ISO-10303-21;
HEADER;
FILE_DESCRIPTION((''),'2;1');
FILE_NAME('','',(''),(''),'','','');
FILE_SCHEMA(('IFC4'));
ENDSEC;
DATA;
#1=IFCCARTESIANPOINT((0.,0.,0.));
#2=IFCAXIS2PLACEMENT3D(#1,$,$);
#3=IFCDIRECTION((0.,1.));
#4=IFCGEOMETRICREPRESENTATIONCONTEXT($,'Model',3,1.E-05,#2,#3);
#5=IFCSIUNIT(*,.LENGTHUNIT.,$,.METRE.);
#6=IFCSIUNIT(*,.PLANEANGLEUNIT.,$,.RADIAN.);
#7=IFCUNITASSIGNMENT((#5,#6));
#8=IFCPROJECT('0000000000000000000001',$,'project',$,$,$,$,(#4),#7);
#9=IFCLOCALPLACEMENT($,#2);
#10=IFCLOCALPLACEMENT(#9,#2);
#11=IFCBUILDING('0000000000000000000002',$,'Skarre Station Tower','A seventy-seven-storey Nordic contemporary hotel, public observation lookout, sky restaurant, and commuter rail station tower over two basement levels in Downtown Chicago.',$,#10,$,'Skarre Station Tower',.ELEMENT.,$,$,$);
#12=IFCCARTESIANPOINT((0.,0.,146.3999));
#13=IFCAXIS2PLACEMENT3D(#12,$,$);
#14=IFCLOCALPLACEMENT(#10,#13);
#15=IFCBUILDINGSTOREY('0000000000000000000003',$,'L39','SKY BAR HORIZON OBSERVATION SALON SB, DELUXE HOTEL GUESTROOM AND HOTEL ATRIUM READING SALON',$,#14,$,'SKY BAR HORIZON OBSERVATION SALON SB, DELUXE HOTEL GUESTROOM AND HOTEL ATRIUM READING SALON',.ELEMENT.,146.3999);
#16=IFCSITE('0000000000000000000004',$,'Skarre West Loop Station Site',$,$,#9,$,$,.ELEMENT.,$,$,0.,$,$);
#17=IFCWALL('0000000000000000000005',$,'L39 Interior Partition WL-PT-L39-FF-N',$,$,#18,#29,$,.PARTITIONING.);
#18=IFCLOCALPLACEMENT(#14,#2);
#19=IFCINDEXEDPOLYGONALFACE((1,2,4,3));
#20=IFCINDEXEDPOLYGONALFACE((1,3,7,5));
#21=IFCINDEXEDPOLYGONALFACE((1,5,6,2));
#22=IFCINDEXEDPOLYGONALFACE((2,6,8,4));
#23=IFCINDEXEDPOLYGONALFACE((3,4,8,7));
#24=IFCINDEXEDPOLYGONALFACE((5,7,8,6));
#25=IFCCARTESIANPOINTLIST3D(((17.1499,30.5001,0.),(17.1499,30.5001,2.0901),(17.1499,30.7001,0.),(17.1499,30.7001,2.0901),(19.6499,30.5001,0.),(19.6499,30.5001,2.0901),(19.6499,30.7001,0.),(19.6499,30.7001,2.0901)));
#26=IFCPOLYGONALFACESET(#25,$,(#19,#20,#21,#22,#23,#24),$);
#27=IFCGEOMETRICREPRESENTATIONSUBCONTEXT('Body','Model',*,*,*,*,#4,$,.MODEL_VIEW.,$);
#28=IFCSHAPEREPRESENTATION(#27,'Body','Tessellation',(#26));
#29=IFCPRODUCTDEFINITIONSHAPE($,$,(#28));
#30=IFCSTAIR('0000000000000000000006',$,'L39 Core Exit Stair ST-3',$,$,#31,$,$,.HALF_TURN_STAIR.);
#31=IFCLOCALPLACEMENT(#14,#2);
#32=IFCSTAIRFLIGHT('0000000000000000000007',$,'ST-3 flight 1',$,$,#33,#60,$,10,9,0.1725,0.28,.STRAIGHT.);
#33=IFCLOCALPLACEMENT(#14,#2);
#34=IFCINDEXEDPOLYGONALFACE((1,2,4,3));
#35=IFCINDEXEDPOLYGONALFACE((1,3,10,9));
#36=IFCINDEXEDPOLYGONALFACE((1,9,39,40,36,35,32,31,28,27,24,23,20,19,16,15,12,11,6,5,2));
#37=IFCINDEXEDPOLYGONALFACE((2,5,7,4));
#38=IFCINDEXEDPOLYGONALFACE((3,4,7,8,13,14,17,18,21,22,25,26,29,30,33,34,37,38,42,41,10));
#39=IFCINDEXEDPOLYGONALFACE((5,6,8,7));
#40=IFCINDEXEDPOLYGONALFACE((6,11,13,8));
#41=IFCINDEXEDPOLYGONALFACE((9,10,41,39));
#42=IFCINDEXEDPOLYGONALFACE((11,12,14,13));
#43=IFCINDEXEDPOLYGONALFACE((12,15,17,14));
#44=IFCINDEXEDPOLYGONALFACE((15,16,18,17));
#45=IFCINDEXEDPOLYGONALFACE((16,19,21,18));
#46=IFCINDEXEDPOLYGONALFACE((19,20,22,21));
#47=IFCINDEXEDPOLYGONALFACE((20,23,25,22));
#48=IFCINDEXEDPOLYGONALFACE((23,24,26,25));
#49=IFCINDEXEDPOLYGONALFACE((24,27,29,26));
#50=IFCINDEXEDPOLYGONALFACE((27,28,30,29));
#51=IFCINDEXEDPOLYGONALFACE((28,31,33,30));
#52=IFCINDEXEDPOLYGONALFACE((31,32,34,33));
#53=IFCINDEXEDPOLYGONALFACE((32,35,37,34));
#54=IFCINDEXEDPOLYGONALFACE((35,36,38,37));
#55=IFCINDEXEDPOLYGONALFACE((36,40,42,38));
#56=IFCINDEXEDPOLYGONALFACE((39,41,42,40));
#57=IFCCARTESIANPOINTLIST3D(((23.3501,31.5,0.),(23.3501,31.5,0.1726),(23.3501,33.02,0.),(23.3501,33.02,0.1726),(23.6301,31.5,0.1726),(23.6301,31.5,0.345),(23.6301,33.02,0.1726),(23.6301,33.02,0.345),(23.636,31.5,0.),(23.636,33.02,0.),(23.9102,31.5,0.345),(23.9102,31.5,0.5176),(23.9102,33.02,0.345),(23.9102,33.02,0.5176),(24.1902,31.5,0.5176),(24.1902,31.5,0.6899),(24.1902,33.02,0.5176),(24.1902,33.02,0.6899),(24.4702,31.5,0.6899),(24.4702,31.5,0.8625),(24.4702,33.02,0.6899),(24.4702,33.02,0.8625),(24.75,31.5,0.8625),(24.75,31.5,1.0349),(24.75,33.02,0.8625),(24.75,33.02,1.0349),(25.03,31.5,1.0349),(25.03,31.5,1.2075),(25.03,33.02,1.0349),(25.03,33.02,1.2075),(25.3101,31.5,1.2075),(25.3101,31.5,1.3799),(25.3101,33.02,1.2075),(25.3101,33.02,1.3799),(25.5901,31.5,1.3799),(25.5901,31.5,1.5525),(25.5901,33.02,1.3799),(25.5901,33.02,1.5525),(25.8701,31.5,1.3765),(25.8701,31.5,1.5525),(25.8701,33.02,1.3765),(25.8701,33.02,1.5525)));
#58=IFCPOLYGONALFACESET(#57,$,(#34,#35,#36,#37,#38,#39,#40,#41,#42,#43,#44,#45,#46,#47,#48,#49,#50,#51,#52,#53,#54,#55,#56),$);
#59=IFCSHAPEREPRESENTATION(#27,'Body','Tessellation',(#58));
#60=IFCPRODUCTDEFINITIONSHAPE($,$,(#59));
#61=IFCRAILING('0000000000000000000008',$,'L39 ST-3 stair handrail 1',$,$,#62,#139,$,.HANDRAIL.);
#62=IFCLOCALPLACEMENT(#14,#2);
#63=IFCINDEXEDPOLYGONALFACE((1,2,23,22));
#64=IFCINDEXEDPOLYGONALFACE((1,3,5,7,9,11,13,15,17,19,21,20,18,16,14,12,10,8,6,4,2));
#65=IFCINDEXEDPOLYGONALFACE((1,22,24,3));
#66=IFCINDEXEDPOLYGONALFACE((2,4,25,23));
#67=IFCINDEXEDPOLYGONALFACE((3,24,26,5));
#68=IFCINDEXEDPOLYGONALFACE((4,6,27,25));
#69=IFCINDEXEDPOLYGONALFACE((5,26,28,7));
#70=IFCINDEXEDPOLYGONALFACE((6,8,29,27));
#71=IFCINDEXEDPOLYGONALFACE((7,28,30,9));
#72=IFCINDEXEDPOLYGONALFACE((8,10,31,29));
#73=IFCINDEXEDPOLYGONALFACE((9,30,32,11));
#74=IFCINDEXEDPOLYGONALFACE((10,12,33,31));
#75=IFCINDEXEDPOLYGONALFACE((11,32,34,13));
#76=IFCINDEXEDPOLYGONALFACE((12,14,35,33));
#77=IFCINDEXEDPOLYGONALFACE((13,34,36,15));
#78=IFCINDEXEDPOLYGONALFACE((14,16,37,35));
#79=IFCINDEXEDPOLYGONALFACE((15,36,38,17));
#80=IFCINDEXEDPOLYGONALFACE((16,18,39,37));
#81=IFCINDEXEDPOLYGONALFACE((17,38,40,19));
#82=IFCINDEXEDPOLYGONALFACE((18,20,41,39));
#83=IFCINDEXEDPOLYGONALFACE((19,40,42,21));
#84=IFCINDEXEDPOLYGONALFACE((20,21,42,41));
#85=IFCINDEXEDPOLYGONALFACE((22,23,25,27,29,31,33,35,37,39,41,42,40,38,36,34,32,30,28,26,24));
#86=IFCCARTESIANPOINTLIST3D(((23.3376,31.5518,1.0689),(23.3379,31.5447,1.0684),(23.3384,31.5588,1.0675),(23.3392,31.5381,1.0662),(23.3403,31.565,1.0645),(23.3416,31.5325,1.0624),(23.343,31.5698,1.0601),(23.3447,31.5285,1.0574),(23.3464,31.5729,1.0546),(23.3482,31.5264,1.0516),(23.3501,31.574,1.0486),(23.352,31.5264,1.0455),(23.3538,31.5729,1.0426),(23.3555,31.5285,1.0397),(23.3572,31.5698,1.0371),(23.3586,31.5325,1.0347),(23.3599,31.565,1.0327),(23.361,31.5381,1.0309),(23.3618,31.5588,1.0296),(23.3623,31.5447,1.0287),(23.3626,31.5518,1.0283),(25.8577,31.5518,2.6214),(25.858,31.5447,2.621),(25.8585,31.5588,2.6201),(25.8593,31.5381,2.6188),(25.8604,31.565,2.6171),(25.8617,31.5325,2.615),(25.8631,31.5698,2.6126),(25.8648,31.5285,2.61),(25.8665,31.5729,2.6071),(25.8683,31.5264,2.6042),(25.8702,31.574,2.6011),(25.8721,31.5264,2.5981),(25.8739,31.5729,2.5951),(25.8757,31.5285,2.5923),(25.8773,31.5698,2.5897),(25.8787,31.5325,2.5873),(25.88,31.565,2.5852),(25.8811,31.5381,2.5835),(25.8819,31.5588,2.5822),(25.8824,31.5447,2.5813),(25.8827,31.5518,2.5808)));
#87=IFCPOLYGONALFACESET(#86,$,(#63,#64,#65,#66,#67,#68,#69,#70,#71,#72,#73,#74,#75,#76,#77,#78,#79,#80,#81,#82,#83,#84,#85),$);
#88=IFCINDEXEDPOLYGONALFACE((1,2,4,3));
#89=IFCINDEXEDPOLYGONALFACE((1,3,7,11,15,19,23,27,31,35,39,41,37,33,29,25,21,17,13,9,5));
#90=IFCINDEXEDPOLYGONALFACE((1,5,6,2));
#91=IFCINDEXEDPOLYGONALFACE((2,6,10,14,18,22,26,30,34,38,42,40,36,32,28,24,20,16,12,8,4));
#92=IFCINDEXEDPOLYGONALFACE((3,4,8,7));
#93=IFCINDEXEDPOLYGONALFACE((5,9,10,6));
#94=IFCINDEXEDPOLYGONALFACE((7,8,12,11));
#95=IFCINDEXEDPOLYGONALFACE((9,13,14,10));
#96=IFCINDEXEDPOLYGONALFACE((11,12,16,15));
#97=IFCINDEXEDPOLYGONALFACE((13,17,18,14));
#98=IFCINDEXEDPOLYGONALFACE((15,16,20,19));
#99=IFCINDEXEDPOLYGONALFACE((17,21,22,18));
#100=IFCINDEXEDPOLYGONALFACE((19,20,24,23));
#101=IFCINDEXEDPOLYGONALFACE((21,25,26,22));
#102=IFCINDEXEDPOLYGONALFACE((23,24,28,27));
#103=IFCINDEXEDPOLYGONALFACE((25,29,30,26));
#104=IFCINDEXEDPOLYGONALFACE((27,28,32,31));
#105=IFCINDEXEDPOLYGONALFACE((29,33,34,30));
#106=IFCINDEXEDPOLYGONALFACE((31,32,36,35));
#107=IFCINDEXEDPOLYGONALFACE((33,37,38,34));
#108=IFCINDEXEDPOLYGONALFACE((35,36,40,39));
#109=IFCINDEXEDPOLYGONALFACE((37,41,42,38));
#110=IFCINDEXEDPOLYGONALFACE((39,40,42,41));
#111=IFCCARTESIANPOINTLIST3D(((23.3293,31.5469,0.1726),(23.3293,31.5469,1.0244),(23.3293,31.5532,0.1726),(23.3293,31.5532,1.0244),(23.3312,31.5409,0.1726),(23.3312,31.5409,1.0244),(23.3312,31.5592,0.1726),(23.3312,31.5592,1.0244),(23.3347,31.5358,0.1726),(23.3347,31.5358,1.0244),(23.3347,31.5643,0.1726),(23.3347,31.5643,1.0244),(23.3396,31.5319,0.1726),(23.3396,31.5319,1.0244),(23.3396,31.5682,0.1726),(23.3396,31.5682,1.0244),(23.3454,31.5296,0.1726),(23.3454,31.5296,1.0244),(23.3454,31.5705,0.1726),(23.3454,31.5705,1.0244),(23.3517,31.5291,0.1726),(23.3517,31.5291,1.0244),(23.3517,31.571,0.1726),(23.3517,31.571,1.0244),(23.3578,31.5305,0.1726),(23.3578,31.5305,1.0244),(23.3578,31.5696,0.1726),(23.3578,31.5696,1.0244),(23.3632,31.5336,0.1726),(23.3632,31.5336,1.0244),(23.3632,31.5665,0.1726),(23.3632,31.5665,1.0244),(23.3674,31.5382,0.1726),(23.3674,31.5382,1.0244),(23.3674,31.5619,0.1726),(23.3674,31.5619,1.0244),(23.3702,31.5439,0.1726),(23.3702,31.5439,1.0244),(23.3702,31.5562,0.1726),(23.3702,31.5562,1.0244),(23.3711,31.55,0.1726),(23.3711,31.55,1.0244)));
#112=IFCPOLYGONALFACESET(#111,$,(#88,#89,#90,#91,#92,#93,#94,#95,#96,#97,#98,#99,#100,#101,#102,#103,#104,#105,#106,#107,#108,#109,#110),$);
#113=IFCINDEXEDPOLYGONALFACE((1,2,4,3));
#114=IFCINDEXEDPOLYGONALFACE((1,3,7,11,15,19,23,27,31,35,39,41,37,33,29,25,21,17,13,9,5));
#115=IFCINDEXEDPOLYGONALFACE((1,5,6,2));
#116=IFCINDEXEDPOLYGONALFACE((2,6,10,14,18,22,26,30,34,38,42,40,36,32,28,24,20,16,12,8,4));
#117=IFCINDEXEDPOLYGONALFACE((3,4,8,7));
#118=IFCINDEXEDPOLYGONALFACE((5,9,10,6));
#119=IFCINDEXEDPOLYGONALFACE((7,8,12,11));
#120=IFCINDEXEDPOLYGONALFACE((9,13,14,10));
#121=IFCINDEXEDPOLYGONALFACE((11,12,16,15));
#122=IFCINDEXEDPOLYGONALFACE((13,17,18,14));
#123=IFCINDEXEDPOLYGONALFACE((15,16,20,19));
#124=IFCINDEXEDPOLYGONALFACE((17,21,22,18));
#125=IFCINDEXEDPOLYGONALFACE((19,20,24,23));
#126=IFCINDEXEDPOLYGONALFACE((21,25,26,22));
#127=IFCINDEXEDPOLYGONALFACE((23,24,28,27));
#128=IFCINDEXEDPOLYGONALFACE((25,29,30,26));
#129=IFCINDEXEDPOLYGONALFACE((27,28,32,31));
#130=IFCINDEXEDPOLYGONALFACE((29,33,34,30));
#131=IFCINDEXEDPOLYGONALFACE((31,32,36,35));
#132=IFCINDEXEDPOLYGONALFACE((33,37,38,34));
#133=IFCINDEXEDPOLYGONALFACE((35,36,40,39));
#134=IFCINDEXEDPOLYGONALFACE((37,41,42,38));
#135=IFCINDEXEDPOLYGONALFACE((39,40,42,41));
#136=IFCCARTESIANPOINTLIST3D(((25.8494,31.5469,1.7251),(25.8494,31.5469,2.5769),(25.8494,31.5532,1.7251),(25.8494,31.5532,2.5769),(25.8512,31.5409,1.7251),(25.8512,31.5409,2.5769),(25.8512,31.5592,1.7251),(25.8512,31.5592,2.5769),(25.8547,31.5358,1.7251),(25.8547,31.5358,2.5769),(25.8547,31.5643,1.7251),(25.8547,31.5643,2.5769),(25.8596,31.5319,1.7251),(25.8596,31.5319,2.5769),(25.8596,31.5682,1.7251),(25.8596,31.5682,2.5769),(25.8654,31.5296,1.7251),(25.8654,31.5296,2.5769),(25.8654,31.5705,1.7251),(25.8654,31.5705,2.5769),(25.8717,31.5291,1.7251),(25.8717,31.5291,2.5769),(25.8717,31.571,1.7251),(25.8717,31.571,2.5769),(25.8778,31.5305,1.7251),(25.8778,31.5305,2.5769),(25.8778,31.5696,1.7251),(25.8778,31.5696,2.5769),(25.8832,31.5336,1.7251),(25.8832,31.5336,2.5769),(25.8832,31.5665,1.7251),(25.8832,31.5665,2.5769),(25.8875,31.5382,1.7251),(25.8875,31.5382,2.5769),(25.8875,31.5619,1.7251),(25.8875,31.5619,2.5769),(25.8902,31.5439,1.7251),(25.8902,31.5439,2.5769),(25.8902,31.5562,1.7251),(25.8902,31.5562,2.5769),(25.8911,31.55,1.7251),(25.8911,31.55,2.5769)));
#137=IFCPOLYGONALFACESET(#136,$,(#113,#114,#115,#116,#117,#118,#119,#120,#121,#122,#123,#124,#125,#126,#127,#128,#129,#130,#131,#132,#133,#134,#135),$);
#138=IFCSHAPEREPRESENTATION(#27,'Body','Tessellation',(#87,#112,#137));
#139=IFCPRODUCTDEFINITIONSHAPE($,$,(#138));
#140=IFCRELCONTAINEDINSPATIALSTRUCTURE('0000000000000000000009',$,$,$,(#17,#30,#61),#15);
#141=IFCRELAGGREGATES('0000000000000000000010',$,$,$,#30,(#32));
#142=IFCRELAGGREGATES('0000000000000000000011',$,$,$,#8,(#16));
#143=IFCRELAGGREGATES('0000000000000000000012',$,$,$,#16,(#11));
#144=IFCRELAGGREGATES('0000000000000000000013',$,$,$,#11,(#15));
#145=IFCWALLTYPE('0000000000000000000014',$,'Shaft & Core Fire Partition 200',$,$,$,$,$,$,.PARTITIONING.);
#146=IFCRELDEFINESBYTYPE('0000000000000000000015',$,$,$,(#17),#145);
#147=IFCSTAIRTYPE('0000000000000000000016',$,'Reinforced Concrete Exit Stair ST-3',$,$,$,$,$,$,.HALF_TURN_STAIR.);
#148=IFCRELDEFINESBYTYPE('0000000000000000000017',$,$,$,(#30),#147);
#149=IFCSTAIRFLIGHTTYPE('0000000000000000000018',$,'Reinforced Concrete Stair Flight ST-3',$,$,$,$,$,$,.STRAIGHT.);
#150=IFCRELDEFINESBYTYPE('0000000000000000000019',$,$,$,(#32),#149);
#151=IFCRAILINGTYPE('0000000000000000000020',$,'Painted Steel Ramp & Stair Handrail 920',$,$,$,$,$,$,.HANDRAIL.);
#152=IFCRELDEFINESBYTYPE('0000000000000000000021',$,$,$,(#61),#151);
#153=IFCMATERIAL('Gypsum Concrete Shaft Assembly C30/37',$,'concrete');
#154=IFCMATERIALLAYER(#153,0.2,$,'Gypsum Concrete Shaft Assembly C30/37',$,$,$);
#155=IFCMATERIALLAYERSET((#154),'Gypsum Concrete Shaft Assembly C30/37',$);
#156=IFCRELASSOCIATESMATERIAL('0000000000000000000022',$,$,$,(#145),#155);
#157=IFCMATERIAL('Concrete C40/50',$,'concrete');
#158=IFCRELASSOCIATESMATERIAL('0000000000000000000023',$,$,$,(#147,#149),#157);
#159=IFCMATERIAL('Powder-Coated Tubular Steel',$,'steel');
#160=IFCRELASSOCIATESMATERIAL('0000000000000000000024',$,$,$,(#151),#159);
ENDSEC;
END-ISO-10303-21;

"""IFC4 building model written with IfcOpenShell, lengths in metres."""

from ifc_helpers import new_model, si_unit, direction, frame, frame_2d, origin, origin_2d, place, context, subcontext, project, spatial, polyline, rectangle, circle, outline, extrude, material, layer, layer_set, type_object, element, aggregate, save


model = new_model("IFC4")

# Units and contexts
model_context = context("Model", 3, precision=1e-05, world=origin(), true_north=direction((0.0, 1.0)))
body_context = subcontext(model_context, "Body", "Model", "MODEL_VIEW")
ifc_project = project(units=[si_unit("LENGTHUNIT", "METRE"), si_unit("PLANEANGLEUNIT", "RADIAN")], contexts=[model_context])

# Site, building, storey
site_placement = place(None, origin())
site = spatial("IfcSite", under=ifc_project, at=site_placement, Name="Skarre West Loop Station Site", CompositionType="ELEMENT", RefElevation=0.0)
building_placement = place(site_placement, origin())
building = spatial("IfcBuilding", under=site, at=building_placement, Name="Skarre Station Tower", Description="A seventy-seven-storey Nordic contemporary hotel, public observation lookout, sky restaurant, and commuter rail station tower over two basement levels in Downtown Chicago.", LongName="Skarre Station Tower", CompositionType="ELEMENT")
storey_placement = place(building_placement, frame((0.0, 0.0, 146.3999)))
storey = spatial("IfcBuildingStorey", under=building, at=storey_placement, Name="L39", Description="SKY BAR HORIZON OBSERVATION SALON SB, DELUXE HOTEL GUESTROOM AND HOTEL ATRIUM READING SALON", LongName="SKY BAR HORIZON OBSERVATION SALON SB, DELUXE HOTEL GUESTROOM AND HOTEL ATRIUM READING SALON", CompositionType="ELEMENT", Elevation=146.3999)

# Shared definitions
ifc_material_1 = material(Name="Gypsum Concrete Shaft Assembly C30/37", Category="concrete")
ifc_layer_1 = layer(ifc_material_1, 0.2, Name="Gypsum Concrete Shaft Assembly C30/37")
ifc_layer_set_1 = layer_set([ifc_layer_1], Name="Gypsum Concrete Shaft Assembly C30/37")
wall_type_1 = type_object("IfcWallType", Name="Shaft & Core Fire Partition 200", PredefinedType="PARTITIONING", material=ifc_layer_set_1)

# Wall
wall_1_placement = place(storey_placement, frame((19.6499, 30.6001, 0.0), z_axis=(0.0, 0.0, 1.0), x_axis=(-1.0, 0.0, 0.0)))
element("IfcWall", 1, at=wall_1_placement, inside=storey, type_object=wall_type_1, Name="L39 Interior Partition WL-PT-L39-FF-N", PredefinedType="PARTITIONING", context=body_context, shape_type="SweptSolid", body=[
    extrude(rectangle(XDim=2.5, YDim=0.2, at=frame_2d((1.25, 0.0))), origin(), (0.0, 0.0, 1.0), 2.0901),
])

# Stair, stair flight
ifc_material_2 = material(Name="Concrete C40/50", Category="concrete")
stair_type = type_object("IfcStairType", Name="Reinforced Concrete Exit Stair ST-3", PredefinedType="HALF_TURN_STAIR", material=ifc_material_2)
stair_placement = place(storey_placement, origin())
stair = element("IfcStair", 2, at=stair_placement, inside=storey, type_object=stair_type, Name="L39 Core Exit Stair ST-3", PredefinedType="HALF_TURN_STAIR")
stair_flight_type = type_object("IfcStairFlightType", Name="Reinforced Concrete Stair Flight ST-3", PredefinedType="STRAIGHT", material=ifc_material_2)
stair_flight_placement = place(storey_placement, frame((23.3501, 32.26, 0.0), z_axis=(0.0, 0.0, 1.0), x_axis=(1.0, 0.0, 0.0)))
stair_flight = element("IfcStairFlight", 3, at=stair_flight_placement, type_object=stair_flight_type, Name="ST-3 flight 1", NumberOfRisers=10, NumberOfTreads=9, PredefinedType="STRAIGHT", RiserHeight=0.1725, TreadLength=0.28, context=body_context, shape_type="SweptSolid", body=[
    extrude(outline(polyline([(0.0, 0.0), (0.0, 0.1726), (0.28, 0.1726), (0.28, 0.345), (0.5601, 0.345), (0.5601, 0.5176), (0.8401, 0.5176), (0.8401, 0.6899), (1.1201, 0.6899), (1.1201, 0.8625), (1.3999, 0.8625), (1.3999, 1.0349), (1.6799, 1.0349), (1.6799, 1.2075), (1.96, 1.2075), (1.96, 1.3799), (2.24, 1.3799), (2.24, 1.5525), (2.52, 1.5525), (2.52, 1.7251), (2.52, 1.3765), (0.2859, 0.0), (0.0, 0.0)])), frame((0.0, 0.76, 0.0), z_axis=(0.0, -1.0, 0.0), x_axis=(1.0, 0.0, 0.0)), (0.0, 0.0, 1.0), 1.52),
])
aggregate(stair, [stair_flight])

# Railing
ifc_material_3 = material(Name="Powder-Coated Tubular Steel", Category="steel")
railing_type_1 = type_object("IfcRailingType", Name="Painted Steel Ramp & Stair Handrail 920", PredefinedType="HANDRAIL", material=ifc_material_3)
railing_1_placement = place(storey_placement, frame((23.3501, 31.55, 0.1726)))
element("IfcRailing", 4, at=railing_1_placement, inside=storey, type_object=railing_type_1, Name="L39 ST-3 stair handrail 1", PredefinedType="HANDRAIL", context=body_context, shape_type="SweptSolid", body=[
    extrude(circle(Radius=0.0239, at=origin_2d()), frame((0.0, 0.0, 0.876), z_axis=(0.8514, 0.0, 0.524516), x_axis=(0.0, 1.0, 0.0)), (0.0, 0.0, 1.0), 2.96),
    extrude(circle(Radius=0.021, at=origin_2d()), origin(), (0.0, 0.0, 1.0), 0.8518),
    extrude(circle(Radius=0.021, at=origin_2d()), frame((2.52, 0.0, 1.5525)), (0.0, 0.0, 1.0), 0.8518),
])

save(model, "model.ifc")
